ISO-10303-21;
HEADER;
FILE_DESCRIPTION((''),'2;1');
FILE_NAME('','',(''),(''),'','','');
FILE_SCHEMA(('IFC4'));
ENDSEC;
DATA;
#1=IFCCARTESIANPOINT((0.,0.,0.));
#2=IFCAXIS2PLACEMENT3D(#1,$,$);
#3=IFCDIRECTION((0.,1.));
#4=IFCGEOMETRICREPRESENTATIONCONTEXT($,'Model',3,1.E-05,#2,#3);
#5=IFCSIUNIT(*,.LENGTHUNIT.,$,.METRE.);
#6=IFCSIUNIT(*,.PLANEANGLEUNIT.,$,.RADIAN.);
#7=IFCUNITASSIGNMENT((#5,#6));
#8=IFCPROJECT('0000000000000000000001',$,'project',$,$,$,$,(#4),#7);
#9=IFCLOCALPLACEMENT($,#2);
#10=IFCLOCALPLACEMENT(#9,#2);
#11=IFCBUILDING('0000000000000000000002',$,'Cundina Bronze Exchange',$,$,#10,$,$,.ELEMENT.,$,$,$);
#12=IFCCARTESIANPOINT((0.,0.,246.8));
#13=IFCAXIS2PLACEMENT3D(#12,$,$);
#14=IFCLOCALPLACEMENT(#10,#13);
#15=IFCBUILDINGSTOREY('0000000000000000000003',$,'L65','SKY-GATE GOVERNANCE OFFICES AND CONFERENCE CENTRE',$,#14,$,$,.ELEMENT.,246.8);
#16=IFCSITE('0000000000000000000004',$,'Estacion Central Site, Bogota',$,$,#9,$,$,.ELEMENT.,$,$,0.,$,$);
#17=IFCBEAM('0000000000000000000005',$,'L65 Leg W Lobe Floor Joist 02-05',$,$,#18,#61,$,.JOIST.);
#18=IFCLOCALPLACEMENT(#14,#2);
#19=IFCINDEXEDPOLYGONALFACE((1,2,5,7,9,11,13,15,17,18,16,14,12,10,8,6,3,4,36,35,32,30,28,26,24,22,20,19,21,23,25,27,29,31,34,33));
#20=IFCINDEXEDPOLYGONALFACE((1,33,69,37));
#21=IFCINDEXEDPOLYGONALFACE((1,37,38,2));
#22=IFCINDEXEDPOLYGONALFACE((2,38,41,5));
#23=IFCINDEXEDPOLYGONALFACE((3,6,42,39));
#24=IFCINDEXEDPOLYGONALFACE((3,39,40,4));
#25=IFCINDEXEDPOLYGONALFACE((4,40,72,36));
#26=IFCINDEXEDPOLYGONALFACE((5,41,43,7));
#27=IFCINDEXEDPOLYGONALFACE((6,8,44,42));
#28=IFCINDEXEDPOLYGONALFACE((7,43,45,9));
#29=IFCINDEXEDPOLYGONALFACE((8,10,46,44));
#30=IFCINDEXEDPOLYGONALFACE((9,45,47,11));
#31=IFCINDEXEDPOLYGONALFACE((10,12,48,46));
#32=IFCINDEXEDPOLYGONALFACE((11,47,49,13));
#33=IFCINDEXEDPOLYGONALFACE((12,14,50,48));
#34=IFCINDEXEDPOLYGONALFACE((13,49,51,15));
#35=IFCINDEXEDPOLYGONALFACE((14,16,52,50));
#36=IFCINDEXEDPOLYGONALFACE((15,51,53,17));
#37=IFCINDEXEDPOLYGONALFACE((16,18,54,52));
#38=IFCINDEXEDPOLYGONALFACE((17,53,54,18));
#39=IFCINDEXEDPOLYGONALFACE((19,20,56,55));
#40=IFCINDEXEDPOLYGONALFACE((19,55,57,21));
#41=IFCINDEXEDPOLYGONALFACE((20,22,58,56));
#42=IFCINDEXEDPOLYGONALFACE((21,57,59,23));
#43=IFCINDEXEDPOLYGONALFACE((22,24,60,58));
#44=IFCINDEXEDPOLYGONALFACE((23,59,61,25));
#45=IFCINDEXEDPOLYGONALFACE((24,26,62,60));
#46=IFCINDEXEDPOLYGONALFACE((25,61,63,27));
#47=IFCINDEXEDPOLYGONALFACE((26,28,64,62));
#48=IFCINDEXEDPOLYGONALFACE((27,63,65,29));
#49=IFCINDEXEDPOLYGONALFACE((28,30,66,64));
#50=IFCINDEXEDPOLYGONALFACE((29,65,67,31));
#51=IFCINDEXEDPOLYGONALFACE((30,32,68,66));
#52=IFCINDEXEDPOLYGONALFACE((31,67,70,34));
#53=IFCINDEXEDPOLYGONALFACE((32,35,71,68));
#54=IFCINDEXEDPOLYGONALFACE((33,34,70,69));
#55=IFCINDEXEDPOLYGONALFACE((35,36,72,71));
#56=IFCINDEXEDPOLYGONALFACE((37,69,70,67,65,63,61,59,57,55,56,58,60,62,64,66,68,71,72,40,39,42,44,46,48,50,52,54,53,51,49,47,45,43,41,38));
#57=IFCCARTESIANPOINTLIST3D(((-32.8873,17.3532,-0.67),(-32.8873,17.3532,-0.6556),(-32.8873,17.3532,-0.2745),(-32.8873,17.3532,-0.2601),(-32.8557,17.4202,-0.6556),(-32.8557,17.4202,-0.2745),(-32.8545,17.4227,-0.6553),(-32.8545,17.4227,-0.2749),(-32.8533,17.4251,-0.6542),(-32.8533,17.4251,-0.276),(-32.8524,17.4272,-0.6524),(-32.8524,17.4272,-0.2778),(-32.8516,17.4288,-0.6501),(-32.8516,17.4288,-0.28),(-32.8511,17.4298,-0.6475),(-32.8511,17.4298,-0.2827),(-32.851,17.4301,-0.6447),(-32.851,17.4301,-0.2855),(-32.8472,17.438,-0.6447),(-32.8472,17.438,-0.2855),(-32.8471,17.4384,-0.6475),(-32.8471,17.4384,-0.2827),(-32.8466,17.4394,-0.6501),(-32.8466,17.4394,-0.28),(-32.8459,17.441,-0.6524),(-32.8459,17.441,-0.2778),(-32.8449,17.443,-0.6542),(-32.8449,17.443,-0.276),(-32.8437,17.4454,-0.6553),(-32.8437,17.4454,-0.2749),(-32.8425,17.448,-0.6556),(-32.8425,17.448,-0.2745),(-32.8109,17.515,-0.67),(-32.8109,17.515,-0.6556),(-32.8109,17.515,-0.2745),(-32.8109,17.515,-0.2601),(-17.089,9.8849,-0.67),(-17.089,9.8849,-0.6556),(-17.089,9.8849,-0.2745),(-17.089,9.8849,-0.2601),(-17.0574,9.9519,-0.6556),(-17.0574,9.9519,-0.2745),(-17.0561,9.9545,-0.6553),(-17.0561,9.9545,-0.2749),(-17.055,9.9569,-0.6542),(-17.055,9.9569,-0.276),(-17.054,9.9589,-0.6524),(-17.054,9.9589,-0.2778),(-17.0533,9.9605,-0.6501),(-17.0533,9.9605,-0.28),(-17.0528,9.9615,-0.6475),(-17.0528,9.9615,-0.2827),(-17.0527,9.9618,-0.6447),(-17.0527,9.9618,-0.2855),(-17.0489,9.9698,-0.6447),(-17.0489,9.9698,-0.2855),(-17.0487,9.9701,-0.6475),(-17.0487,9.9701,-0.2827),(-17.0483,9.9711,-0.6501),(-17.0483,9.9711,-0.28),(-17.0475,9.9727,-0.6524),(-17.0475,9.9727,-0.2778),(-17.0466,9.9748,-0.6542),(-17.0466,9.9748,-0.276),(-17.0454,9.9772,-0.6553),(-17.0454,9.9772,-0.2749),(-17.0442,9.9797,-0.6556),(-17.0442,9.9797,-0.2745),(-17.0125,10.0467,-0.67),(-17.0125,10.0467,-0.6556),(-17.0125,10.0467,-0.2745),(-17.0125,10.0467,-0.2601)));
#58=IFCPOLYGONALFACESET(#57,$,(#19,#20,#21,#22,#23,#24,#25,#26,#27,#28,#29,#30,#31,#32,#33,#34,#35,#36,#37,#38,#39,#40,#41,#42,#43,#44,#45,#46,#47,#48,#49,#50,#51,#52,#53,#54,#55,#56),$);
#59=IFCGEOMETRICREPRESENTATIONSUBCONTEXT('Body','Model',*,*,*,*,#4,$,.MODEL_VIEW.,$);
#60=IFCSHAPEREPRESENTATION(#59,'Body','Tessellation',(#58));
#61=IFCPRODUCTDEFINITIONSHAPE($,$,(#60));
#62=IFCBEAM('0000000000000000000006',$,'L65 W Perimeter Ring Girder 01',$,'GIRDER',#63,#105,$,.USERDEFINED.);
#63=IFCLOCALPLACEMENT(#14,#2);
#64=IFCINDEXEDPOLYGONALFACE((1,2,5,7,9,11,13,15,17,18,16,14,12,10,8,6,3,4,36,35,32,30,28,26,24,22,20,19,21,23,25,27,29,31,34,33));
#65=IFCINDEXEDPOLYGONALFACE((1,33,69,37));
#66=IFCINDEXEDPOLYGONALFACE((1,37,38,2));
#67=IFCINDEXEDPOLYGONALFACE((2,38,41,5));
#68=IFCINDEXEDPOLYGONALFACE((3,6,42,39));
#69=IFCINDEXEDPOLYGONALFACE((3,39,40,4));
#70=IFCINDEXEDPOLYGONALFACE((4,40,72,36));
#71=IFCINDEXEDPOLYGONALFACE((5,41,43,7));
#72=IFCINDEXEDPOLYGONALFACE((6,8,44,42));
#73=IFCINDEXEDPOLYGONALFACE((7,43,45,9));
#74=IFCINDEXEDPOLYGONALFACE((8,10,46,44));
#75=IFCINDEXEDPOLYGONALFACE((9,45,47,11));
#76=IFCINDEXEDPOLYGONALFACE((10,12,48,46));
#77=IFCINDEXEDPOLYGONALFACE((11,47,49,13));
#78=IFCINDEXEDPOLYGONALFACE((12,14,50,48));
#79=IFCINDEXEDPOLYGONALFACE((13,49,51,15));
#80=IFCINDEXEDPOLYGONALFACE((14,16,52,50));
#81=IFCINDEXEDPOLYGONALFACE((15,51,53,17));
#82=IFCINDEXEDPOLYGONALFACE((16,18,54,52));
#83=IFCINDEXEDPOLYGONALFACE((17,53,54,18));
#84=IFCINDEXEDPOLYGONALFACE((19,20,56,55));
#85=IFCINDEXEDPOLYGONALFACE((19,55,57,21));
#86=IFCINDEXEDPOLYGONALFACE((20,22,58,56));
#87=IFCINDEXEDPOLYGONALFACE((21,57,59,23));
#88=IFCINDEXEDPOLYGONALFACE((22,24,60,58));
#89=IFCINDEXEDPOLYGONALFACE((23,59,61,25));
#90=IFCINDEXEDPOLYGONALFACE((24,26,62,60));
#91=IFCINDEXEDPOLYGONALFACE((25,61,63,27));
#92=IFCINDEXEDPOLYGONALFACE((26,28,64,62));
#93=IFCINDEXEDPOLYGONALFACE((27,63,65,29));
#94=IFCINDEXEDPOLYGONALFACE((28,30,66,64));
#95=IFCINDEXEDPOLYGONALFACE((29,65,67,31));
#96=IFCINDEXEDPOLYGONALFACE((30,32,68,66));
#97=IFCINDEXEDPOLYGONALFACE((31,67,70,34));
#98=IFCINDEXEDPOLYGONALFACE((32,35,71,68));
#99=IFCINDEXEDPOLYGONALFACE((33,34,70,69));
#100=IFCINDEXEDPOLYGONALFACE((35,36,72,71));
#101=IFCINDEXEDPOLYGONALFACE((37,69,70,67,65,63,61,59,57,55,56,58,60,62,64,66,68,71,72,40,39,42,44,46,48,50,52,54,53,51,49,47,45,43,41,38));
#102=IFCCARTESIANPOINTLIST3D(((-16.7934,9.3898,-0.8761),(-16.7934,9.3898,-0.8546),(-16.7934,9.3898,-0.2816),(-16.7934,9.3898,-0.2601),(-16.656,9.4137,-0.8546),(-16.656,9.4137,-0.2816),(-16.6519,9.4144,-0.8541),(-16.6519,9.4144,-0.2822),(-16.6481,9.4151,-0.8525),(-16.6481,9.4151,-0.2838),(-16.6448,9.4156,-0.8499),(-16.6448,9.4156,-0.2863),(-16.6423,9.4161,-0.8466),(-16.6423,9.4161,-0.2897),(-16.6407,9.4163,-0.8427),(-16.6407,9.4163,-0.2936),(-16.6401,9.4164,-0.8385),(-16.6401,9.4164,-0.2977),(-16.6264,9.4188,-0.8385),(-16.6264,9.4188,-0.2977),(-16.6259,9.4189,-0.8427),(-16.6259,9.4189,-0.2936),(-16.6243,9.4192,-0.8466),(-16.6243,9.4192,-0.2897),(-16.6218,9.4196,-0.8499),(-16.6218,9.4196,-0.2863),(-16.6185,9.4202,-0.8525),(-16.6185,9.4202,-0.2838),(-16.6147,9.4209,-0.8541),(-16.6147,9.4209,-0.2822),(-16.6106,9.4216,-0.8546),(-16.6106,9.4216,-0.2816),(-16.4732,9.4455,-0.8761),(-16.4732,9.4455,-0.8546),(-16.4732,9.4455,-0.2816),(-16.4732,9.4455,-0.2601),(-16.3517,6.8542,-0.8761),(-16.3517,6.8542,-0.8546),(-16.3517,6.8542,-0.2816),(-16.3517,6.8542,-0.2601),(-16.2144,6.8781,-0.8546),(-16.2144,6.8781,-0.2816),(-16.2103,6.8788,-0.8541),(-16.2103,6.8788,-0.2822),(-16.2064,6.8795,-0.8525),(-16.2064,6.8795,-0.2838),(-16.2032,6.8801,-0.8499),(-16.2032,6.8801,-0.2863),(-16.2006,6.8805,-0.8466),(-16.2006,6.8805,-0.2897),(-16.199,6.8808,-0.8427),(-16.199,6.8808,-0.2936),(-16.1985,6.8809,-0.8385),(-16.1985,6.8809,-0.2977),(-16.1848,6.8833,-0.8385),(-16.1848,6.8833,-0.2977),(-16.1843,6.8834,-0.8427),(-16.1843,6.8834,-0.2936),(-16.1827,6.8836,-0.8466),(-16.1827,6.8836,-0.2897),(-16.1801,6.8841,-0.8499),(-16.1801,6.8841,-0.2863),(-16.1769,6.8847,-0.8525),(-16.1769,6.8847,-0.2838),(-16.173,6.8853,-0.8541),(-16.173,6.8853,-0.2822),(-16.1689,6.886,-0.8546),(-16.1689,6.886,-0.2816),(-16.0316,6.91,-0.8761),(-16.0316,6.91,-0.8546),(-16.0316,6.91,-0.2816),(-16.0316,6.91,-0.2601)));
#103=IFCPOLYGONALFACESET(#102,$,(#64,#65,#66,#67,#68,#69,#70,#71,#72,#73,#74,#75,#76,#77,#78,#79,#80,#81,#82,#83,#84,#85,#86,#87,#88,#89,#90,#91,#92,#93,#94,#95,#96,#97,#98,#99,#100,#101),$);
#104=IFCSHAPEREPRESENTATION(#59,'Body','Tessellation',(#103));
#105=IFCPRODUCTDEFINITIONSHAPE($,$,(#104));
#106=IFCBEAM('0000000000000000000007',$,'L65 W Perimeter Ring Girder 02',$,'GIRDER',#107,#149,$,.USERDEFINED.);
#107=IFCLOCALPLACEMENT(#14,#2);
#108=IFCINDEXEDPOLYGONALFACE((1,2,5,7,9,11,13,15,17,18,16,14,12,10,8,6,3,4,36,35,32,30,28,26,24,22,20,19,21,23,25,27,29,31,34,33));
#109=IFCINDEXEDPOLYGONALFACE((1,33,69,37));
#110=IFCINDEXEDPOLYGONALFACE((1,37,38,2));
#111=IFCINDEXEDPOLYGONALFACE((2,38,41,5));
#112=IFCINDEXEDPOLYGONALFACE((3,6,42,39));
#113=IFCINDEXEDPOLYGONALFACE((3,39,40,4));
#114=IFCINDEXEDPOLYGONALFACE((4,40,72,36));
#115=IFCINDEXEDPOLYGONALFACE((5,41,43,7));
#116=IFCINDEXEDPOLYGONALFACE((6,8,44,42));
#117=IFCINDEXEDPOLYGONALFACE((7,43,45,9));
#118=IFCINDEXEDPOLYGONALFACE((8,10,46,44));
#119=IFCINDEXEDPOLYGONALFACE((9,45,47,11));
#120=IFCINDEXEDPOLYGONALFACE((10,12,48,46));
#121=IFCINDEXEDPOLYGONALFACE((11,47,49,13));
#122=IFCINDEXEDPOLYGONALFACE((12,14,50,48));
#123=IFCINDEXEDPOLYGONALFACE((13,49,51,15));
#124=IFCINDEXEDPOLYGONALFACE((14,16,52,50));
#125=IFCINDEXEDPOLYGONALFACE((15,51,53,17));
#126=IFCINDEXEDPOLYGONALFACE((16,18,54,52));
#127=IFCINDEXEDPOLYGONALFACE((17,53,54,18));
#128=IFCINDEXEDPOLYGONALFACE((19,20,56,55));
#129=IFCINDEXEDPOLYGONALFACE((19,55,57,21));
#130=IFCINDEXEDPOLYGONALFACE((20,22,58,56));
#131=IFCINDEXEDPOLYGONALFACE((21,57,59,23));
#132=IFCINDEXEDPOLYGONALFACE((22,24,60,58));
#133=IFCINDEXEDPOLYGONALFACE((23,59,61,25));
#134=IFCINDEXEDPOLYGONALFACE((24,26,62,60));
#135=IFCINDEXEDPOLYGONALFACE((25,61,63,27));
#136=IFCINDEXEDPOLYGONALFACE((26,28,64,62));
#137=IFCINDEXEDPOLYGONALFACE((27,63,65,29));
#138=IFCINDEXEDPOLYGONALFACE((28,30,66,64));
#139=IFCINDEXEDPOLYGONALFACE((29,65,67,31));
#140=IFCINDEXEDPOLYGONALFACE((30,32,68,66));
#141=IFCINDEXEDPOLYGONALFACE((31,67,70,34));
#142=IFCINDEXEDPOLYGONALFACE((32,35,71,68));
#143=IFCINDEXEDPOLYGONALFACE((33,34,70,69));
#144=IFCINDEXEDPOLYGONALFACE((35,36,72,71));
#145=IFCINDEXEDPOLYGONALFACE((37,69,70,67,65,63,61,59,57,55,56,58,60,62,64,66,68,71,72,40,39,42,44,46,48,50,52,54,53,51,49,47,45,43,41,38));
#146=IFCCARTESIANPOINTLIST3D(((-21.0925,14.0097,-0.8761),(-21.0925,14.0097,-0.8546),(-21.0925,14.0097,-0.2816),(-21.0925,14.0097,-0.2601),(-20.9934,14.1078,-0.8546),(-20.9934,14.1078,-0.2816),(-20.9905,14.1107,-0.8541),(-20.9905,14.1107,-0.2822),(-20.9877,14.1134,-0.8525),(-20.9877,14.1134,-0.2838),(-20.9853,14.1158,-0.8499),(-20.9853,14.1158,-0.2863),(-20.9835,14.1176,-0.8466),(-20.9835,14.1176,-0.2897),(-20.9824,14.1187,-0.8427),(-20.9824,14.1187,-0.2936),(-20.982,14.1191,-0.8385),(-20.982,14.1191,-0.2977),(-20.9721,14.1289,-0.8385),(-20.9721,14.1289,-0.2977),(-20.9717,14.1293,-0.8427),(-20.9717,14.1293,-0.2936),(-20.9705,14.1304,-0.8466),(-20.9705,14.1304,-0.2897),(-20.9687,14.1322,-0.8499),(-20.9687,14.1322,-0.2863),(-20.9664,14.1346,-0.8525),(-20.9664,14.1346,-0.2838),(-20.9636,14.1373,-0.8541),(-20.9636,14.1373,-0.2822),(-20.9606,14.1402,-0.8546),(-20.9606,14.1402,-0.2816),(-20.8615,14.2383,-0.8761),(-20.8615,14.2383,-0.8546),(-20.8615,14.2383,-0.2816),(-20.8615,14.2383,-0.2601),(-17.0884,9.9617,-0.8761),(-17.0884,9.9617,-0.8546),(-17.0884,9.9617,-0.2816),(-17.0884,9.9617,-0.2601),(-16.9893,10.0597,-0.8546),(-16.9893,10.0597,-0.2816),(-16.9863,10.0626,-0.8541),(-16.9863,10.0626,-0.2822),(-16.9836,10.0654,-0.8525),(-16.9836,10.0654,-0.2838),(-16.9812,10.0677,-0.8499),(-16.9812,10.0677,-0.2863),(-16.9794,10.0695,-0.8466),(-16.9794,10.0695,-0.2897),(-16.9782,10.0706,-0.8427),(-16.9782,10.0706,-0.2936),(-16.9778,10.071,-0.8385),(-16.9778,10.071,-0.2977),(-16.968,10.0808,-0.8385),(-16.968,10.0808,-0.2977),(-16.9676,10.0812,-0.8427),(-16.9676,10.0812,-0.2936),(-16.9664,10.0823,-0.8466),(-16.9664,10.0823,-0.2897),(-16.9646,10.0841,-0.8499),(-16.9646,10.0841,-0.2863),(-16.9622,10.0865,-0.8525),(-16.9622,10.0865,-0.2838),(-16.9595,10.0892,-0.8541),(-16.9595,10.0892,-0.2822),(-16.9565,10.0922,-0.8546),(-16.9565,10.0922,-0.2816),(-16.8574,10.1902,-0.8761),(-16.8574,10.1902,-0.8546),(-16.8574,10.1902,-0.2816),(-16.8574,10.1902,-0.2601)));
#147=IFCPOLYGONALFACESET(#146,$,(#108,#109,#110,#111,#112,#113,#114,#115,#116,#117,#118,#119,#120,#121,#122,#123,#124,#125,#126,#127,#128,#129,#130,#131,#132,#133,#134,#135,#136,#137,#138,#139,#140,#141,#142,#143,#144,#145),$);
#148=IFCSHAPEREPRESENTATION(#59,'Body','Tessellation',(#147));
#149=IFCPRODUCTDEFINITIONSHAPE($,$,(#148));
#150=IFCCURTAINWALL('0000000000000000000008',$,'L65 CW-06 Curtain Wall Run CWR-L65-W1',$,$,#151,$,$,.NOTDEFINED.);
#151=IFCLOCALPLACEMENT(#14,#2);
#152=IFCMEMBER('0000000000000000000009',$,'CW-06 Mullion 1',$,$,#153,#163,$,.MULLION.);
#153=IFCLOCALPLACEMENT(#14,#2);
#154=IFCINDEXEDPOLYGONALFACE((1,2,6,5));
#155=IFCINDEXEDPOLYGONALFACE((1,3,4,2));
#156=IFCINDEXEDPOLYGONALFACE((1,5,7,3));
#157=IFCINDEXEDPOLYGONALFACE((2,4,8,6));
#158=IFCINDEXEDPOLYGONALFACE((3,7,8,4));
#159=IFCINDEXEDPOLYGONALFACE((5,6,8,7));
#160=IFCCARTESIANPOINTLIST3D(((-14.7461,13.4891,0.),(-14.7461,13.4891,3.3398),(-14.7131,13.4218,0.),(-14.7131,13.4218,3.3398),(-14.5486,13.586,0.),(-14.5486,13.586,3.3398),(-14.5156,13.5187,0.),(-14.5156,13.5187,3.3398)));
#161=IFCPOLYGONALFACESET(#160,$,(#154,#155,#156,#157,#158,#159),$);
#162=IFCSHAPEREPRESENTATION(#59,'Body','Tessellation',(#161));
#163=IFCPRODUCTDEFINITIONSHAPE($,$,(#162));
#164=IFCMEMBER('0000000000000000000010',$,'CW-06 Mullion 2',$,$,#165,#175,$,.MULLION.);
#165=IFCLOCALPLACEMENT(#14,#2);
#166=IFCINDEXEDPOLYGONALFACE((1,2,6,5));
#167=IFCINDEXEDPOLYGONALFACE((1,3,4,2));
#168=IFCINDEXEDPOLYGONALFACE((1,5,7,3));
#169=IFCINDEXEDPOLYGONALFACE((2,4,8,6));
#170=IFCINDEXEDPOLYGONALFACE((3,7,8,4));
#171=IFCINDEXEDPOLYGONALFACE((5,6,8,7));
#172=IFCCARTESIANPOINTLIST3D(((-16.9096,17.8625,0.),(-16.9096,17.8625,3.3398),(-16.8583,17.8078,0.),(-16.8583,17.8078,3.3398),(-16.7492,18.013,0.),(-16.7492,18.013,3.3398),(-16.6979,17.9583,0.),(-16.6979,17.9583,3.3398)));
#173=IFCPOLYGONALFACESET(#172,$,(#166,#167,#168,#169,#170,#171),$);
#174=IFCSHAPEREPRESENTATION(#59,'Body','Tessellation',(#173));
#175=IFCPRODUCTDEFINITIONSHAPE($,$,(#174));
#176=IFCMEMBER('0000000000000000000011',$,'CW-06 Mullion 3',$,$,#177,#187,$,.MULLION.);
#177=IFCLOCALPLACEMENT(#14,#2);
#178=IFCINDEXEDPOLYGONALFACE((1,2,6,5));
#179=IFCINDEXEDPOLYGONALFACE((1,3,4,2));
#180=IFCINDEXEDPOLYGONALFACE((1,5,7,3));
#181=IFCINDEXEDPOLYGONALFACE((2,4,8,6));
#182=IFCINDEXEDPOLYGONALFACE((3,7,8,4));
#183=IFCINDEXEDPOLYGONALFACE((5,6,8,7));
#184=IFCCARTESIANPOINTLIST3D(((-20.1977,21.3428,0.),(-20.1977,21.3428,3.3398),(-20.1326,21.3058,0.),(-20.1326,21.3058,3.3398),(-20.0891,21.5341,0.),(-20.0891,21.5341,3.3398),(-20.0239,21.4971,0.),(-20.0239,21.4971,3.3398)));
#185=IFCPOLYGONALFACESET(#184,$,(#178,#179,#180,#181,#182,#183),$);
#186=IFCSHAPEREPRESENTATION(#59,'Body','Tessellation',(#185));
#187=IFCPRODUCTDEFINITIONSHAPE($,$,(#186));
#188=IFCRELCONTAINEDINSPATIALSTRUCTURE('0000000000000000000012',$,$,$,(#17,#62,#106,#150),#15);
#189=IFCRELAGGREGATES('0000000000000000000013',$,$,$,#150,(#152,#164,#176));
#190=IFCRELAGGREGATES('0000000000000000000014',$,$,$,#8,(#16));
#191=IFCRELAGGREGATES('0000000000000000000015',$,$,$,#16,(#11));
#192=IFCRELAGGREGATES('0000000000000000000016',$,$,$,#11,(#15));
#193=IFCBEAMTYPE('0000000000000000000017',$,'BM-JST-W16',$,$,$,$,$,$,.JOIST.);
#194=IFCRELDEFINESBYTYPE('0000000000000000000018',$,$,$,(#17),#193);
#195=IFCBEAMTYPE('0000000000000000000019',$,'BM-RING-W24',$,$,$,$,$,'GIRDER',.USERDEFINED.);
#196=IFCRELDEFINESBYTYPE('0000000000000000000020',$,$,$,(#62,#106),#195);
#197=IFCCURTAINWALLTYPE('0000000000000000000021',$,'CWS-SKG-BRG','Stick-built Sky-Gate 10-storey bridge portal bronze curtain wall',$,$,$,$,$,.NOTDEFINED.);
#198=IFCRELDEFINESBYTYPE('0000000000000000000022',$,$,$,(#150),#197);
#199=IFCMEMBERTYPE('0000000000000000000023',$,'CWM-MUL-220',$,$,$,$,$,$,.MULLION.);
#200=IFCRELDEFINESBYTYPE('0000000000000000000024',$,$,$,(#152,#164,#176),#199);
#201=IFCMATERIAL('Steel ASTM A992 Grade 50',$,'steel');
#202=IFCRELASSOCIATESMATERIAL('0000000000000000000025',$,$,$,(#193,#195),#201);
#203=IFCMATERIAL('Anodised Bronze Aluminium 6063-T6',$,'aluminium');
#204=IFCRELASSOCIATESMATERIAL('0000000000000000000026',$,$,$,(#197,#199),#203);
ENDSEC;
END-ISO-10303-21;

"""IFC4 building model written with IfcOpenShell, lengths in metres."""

from ifc_helpers import new_model, si_unit, direction, frame, origin, origin_2d, place, context, subcontext, project, spatial, rectangle, i_section, extrude, material, material_profile, profile_set, type_object, element, aggregate, save


model = new_model("IFC4")

# Units and contexts
model_context = context("Model", 3, precision=1e-05, world=origin(), true_north=direction((0.0, 1.0)))
body_context = subcontext(model_context, "Body", "Model", "MODEL_VIEW")
ifc_project = project(units=[si_unit("LENGTHUNIT", "METRE"), si_unit("PLANEANGLEUNIT", "RADIAN")], contexts=[model_context])

# Site, building, storey
site_placement = place(None, origin())
site = spatial("IfcSite", under=ifc_project, at=site_placement, Name="Estacion Central Site, Bogota", CompositionType="ELEMENT", RefElevation=0.0)
building_placement = place(site_placement, origin())
building = spatial("IfcBuilding", under=site, at=building_placement, Name="Cundina Bronze Exchange", CompositionType="ELEMENT")
storey_placement = place(building_placement, frame((0.0, 0.0, 246.8)))
storey = spatial("IfcBuildingStorey", under=building, at=storey_placement, Name="L65", Description="SKY-GATE GOVERNANCE OFFICES AND CONFERENCE CENTRE", CompositionType="ELEMENT", Elevation=246.8)

# Beams
ifc_material_1 = material(Name="Steel ASTM A992 Grade 50", Category="steel")
ifc_material_profile_1 = material_profile(ifc_material_1, i_section(OverallWidth=0.179, OverallDepth=0.4099, WebThickness=0.0088, FlangeThickness=0.0144, FilletRadius=0.011, at=origin_2d()), Name="W16X45", Category="steel")
ifc_profile_set_1 = profile_set([ifc_material_profile_1], Name="Steel ASTM A992 Grade 50")
beam_type_1 = type_object("IfcBeamType", Name="BM-JST-W16", PredefinedType="JOIST", material=ifc_profile_set_1)
beam_1_placement = place(storey_placement, frame((-17.0508, 9.9658, -0.4651), z_axis=(-0.904073, 0.427378, 0.0), x_axis=(-0.427378, -0.904073, 0.0)))
element("IfcBeam", 1, at=beam_1_placement, inside=storey, type_object=beam_type_1, Name="L65 Leg W Lobe Floor Joist 02-05", PredefinedType="JOIST", context=body_context, shape_type="SweptSolid", body=[
    extrude(i_section(OverallWidth=0.179, OverallDepth=0.4099, WebThickness=0.0088, FlangeThickness=0.0144, FilletRadius=0.011, at=origin_2d()), origin(), (0.0, 0.0, 1.0), 17.4746),
])
ifc_material_profile_2 = material_profile(ifc_material_1, i_section(OverallWidth=0.325, OverallDepth=0.616, WebThickness=0.0139, FlangeThickness=0.0215, FilletRadius=0.0161, at=origin_2d()), Name="W24X117", Category="steel")
ifc_profile_set_2 = profile_set([ifc_material_profile_2], Name="Steel ASTM A992 Grade 50")
beam_type_2 = type_object("IfcBeamType", Name="BM-RING-W24", ElementType="GIRDER", PredefinedType="USERDEFINED", material=ifc_profile_set_2)
beam_2_placement = place(storey_placement, frame((-16.1917, 6.8821, -0.5681), z_axis=(-0.171593, 0.985168, 0.0), x_axis=(-0.985168, -0.171593, 0.0)))
element("IfcBeam", 2, at=beam_2_placement, inside=storey, type_object=beam_type_2, Name="L65 W Perimeter Ring Girder 01", ObjectType="GIRDER", PredefinedType="USERDEFINED", context=body_context, shape_type="SweptSolid", body=[
    extrude(i_section(OverallWidth=0.325, OverallDepth=0.616, WebThickness=0.0139, FlangeThickness=0.0215, FilletRadius=0.0161, at=origin_2d()), origin(), (0.0, 0.0, 1.0), 2.5737),
])
beam_3_placement = place(storey_placement, frame((-16.9729, 10.0759, -0.5681), z_axis=(-0.703237, 0.710955, 0.0), x_axis=(-0.710955, -0.703237, 0.0)))
element("IfcBeam", 3, at=beam_3_placement, inside=storey, type_object=beam_type_2, Name="L65 W Perimeter Ring Girder 02", ObjectType="GIRDER", PredefinedType="USERDEFINED", context=body_context, shape_type="SweptSolid", body=[
    extrude(i_section(OverallWidth=0.325, OverallDepth=0.616, WebThickness=0.0139, FlangeThickness=0.0215, FilletRadius=0.0161, at=origin_2d()), origin(), (0.0, 0.0, 1.0), 5.6938),
])

# Curtain wall, members
ifc_material_2 = material(Name="Anodised Bronze Aluminium 6063-T6", Category="aluminium")
curtain_wall_type = type_object("IfcCurtainWallType", Name="CWS-SKG-BRG", Description="Stick-built Sky-Gate 10-storey bridge portal bronze curtain wall", PredefinedType="NOTDEFINED", material=ifc_material_2)
curtain_wall_1_placement = place(storey_placement, origin())
curtain_wall_1 = element("IfcCurtainWall", 4, at=curtain_wall_1_placement, inside=storey, type_object=curtain_wall_type, Name="L65 CW-06 Curtain Wall Run CWR-L65-W1", PredefinedType="NOTDEFINED")
ifc_material_profile_3 = material_profile(ifc_material_2, rectangle(XDim=0.075, YDim=0.22, at=origin_2d()), Name="AL75X220", Category="aluminium")
ifc_profile_set_3 = profile_set([ifc_material_profile_3], Name="Anodised Bronze Aluminium 6063-T6")
member_type_1 = type_object("IfcMemberType", Name="CWM-MUL-220", PredefinedType="MULLION", material=ifc_profile_set_3)
member_1_placement = place(storey_placement, frame((-14.6309, 13.5039, 0.0), z_axis=(0.0, 0.0, 1.0), x_axis=(-0.440566, 0.89772, 0.0)))
member_1 = element("IfcMember", 5, at=member_1_placement, type_object=member_type_1, Name="CW-06 Mullion 1", PredefinedType="MULLION", context=body_context, shape_type="SweptSolid", body=[
    extrude(rectangle(XDim=0.075, YDim=0.22, at=origin_2d()), origin(), (0.0, 0.0, 1.0), 3.3398),
])
member_2_placement = place(storey_placement, frame((-16.8037, 17.9104, 0.0), z_axis=(0.0, 0.0, 1.0), x_axis=(-0.684293, 0.729208, 0.0)))
member_2 = element("IfcMember", 6, at=member_2_placement, type_object=member_type_1, Name="CW-06 Mullion 2", PredefinedType="MULLION", context=body_context, shape_type="SweptSolid", body=[
    extrude(rectangle(XDim=0.075, YDim=0.22, at=origin_2d()), origin(), (0.0, 0.0, 1.0), 3.3398),
])
member_3_placement = place(storey_placement, frame((-20.1108, 21.4199, 0.0), z_axis=(0.0, 0.0, 1.0), x_axis=(-0.869581, 0.49379, 0.0)))
member_3 = element("IfcMember", 7, at=member_3_placement, type_object=member_type_1, Name="CW-06 Mullion 3", PredefinedType="MULLION", context=body_context, shape_type="SweptSolid", body=[
    extrude(rectangle(XDim=0.075, YDim=0.22, at=origin_2d()), origin(), (0.0, 0.0, 1.0), 3.3398),
])

aggregate(curtain_wall_1, [member_1, member_2, member_3])

save(model, "model.ifc")
